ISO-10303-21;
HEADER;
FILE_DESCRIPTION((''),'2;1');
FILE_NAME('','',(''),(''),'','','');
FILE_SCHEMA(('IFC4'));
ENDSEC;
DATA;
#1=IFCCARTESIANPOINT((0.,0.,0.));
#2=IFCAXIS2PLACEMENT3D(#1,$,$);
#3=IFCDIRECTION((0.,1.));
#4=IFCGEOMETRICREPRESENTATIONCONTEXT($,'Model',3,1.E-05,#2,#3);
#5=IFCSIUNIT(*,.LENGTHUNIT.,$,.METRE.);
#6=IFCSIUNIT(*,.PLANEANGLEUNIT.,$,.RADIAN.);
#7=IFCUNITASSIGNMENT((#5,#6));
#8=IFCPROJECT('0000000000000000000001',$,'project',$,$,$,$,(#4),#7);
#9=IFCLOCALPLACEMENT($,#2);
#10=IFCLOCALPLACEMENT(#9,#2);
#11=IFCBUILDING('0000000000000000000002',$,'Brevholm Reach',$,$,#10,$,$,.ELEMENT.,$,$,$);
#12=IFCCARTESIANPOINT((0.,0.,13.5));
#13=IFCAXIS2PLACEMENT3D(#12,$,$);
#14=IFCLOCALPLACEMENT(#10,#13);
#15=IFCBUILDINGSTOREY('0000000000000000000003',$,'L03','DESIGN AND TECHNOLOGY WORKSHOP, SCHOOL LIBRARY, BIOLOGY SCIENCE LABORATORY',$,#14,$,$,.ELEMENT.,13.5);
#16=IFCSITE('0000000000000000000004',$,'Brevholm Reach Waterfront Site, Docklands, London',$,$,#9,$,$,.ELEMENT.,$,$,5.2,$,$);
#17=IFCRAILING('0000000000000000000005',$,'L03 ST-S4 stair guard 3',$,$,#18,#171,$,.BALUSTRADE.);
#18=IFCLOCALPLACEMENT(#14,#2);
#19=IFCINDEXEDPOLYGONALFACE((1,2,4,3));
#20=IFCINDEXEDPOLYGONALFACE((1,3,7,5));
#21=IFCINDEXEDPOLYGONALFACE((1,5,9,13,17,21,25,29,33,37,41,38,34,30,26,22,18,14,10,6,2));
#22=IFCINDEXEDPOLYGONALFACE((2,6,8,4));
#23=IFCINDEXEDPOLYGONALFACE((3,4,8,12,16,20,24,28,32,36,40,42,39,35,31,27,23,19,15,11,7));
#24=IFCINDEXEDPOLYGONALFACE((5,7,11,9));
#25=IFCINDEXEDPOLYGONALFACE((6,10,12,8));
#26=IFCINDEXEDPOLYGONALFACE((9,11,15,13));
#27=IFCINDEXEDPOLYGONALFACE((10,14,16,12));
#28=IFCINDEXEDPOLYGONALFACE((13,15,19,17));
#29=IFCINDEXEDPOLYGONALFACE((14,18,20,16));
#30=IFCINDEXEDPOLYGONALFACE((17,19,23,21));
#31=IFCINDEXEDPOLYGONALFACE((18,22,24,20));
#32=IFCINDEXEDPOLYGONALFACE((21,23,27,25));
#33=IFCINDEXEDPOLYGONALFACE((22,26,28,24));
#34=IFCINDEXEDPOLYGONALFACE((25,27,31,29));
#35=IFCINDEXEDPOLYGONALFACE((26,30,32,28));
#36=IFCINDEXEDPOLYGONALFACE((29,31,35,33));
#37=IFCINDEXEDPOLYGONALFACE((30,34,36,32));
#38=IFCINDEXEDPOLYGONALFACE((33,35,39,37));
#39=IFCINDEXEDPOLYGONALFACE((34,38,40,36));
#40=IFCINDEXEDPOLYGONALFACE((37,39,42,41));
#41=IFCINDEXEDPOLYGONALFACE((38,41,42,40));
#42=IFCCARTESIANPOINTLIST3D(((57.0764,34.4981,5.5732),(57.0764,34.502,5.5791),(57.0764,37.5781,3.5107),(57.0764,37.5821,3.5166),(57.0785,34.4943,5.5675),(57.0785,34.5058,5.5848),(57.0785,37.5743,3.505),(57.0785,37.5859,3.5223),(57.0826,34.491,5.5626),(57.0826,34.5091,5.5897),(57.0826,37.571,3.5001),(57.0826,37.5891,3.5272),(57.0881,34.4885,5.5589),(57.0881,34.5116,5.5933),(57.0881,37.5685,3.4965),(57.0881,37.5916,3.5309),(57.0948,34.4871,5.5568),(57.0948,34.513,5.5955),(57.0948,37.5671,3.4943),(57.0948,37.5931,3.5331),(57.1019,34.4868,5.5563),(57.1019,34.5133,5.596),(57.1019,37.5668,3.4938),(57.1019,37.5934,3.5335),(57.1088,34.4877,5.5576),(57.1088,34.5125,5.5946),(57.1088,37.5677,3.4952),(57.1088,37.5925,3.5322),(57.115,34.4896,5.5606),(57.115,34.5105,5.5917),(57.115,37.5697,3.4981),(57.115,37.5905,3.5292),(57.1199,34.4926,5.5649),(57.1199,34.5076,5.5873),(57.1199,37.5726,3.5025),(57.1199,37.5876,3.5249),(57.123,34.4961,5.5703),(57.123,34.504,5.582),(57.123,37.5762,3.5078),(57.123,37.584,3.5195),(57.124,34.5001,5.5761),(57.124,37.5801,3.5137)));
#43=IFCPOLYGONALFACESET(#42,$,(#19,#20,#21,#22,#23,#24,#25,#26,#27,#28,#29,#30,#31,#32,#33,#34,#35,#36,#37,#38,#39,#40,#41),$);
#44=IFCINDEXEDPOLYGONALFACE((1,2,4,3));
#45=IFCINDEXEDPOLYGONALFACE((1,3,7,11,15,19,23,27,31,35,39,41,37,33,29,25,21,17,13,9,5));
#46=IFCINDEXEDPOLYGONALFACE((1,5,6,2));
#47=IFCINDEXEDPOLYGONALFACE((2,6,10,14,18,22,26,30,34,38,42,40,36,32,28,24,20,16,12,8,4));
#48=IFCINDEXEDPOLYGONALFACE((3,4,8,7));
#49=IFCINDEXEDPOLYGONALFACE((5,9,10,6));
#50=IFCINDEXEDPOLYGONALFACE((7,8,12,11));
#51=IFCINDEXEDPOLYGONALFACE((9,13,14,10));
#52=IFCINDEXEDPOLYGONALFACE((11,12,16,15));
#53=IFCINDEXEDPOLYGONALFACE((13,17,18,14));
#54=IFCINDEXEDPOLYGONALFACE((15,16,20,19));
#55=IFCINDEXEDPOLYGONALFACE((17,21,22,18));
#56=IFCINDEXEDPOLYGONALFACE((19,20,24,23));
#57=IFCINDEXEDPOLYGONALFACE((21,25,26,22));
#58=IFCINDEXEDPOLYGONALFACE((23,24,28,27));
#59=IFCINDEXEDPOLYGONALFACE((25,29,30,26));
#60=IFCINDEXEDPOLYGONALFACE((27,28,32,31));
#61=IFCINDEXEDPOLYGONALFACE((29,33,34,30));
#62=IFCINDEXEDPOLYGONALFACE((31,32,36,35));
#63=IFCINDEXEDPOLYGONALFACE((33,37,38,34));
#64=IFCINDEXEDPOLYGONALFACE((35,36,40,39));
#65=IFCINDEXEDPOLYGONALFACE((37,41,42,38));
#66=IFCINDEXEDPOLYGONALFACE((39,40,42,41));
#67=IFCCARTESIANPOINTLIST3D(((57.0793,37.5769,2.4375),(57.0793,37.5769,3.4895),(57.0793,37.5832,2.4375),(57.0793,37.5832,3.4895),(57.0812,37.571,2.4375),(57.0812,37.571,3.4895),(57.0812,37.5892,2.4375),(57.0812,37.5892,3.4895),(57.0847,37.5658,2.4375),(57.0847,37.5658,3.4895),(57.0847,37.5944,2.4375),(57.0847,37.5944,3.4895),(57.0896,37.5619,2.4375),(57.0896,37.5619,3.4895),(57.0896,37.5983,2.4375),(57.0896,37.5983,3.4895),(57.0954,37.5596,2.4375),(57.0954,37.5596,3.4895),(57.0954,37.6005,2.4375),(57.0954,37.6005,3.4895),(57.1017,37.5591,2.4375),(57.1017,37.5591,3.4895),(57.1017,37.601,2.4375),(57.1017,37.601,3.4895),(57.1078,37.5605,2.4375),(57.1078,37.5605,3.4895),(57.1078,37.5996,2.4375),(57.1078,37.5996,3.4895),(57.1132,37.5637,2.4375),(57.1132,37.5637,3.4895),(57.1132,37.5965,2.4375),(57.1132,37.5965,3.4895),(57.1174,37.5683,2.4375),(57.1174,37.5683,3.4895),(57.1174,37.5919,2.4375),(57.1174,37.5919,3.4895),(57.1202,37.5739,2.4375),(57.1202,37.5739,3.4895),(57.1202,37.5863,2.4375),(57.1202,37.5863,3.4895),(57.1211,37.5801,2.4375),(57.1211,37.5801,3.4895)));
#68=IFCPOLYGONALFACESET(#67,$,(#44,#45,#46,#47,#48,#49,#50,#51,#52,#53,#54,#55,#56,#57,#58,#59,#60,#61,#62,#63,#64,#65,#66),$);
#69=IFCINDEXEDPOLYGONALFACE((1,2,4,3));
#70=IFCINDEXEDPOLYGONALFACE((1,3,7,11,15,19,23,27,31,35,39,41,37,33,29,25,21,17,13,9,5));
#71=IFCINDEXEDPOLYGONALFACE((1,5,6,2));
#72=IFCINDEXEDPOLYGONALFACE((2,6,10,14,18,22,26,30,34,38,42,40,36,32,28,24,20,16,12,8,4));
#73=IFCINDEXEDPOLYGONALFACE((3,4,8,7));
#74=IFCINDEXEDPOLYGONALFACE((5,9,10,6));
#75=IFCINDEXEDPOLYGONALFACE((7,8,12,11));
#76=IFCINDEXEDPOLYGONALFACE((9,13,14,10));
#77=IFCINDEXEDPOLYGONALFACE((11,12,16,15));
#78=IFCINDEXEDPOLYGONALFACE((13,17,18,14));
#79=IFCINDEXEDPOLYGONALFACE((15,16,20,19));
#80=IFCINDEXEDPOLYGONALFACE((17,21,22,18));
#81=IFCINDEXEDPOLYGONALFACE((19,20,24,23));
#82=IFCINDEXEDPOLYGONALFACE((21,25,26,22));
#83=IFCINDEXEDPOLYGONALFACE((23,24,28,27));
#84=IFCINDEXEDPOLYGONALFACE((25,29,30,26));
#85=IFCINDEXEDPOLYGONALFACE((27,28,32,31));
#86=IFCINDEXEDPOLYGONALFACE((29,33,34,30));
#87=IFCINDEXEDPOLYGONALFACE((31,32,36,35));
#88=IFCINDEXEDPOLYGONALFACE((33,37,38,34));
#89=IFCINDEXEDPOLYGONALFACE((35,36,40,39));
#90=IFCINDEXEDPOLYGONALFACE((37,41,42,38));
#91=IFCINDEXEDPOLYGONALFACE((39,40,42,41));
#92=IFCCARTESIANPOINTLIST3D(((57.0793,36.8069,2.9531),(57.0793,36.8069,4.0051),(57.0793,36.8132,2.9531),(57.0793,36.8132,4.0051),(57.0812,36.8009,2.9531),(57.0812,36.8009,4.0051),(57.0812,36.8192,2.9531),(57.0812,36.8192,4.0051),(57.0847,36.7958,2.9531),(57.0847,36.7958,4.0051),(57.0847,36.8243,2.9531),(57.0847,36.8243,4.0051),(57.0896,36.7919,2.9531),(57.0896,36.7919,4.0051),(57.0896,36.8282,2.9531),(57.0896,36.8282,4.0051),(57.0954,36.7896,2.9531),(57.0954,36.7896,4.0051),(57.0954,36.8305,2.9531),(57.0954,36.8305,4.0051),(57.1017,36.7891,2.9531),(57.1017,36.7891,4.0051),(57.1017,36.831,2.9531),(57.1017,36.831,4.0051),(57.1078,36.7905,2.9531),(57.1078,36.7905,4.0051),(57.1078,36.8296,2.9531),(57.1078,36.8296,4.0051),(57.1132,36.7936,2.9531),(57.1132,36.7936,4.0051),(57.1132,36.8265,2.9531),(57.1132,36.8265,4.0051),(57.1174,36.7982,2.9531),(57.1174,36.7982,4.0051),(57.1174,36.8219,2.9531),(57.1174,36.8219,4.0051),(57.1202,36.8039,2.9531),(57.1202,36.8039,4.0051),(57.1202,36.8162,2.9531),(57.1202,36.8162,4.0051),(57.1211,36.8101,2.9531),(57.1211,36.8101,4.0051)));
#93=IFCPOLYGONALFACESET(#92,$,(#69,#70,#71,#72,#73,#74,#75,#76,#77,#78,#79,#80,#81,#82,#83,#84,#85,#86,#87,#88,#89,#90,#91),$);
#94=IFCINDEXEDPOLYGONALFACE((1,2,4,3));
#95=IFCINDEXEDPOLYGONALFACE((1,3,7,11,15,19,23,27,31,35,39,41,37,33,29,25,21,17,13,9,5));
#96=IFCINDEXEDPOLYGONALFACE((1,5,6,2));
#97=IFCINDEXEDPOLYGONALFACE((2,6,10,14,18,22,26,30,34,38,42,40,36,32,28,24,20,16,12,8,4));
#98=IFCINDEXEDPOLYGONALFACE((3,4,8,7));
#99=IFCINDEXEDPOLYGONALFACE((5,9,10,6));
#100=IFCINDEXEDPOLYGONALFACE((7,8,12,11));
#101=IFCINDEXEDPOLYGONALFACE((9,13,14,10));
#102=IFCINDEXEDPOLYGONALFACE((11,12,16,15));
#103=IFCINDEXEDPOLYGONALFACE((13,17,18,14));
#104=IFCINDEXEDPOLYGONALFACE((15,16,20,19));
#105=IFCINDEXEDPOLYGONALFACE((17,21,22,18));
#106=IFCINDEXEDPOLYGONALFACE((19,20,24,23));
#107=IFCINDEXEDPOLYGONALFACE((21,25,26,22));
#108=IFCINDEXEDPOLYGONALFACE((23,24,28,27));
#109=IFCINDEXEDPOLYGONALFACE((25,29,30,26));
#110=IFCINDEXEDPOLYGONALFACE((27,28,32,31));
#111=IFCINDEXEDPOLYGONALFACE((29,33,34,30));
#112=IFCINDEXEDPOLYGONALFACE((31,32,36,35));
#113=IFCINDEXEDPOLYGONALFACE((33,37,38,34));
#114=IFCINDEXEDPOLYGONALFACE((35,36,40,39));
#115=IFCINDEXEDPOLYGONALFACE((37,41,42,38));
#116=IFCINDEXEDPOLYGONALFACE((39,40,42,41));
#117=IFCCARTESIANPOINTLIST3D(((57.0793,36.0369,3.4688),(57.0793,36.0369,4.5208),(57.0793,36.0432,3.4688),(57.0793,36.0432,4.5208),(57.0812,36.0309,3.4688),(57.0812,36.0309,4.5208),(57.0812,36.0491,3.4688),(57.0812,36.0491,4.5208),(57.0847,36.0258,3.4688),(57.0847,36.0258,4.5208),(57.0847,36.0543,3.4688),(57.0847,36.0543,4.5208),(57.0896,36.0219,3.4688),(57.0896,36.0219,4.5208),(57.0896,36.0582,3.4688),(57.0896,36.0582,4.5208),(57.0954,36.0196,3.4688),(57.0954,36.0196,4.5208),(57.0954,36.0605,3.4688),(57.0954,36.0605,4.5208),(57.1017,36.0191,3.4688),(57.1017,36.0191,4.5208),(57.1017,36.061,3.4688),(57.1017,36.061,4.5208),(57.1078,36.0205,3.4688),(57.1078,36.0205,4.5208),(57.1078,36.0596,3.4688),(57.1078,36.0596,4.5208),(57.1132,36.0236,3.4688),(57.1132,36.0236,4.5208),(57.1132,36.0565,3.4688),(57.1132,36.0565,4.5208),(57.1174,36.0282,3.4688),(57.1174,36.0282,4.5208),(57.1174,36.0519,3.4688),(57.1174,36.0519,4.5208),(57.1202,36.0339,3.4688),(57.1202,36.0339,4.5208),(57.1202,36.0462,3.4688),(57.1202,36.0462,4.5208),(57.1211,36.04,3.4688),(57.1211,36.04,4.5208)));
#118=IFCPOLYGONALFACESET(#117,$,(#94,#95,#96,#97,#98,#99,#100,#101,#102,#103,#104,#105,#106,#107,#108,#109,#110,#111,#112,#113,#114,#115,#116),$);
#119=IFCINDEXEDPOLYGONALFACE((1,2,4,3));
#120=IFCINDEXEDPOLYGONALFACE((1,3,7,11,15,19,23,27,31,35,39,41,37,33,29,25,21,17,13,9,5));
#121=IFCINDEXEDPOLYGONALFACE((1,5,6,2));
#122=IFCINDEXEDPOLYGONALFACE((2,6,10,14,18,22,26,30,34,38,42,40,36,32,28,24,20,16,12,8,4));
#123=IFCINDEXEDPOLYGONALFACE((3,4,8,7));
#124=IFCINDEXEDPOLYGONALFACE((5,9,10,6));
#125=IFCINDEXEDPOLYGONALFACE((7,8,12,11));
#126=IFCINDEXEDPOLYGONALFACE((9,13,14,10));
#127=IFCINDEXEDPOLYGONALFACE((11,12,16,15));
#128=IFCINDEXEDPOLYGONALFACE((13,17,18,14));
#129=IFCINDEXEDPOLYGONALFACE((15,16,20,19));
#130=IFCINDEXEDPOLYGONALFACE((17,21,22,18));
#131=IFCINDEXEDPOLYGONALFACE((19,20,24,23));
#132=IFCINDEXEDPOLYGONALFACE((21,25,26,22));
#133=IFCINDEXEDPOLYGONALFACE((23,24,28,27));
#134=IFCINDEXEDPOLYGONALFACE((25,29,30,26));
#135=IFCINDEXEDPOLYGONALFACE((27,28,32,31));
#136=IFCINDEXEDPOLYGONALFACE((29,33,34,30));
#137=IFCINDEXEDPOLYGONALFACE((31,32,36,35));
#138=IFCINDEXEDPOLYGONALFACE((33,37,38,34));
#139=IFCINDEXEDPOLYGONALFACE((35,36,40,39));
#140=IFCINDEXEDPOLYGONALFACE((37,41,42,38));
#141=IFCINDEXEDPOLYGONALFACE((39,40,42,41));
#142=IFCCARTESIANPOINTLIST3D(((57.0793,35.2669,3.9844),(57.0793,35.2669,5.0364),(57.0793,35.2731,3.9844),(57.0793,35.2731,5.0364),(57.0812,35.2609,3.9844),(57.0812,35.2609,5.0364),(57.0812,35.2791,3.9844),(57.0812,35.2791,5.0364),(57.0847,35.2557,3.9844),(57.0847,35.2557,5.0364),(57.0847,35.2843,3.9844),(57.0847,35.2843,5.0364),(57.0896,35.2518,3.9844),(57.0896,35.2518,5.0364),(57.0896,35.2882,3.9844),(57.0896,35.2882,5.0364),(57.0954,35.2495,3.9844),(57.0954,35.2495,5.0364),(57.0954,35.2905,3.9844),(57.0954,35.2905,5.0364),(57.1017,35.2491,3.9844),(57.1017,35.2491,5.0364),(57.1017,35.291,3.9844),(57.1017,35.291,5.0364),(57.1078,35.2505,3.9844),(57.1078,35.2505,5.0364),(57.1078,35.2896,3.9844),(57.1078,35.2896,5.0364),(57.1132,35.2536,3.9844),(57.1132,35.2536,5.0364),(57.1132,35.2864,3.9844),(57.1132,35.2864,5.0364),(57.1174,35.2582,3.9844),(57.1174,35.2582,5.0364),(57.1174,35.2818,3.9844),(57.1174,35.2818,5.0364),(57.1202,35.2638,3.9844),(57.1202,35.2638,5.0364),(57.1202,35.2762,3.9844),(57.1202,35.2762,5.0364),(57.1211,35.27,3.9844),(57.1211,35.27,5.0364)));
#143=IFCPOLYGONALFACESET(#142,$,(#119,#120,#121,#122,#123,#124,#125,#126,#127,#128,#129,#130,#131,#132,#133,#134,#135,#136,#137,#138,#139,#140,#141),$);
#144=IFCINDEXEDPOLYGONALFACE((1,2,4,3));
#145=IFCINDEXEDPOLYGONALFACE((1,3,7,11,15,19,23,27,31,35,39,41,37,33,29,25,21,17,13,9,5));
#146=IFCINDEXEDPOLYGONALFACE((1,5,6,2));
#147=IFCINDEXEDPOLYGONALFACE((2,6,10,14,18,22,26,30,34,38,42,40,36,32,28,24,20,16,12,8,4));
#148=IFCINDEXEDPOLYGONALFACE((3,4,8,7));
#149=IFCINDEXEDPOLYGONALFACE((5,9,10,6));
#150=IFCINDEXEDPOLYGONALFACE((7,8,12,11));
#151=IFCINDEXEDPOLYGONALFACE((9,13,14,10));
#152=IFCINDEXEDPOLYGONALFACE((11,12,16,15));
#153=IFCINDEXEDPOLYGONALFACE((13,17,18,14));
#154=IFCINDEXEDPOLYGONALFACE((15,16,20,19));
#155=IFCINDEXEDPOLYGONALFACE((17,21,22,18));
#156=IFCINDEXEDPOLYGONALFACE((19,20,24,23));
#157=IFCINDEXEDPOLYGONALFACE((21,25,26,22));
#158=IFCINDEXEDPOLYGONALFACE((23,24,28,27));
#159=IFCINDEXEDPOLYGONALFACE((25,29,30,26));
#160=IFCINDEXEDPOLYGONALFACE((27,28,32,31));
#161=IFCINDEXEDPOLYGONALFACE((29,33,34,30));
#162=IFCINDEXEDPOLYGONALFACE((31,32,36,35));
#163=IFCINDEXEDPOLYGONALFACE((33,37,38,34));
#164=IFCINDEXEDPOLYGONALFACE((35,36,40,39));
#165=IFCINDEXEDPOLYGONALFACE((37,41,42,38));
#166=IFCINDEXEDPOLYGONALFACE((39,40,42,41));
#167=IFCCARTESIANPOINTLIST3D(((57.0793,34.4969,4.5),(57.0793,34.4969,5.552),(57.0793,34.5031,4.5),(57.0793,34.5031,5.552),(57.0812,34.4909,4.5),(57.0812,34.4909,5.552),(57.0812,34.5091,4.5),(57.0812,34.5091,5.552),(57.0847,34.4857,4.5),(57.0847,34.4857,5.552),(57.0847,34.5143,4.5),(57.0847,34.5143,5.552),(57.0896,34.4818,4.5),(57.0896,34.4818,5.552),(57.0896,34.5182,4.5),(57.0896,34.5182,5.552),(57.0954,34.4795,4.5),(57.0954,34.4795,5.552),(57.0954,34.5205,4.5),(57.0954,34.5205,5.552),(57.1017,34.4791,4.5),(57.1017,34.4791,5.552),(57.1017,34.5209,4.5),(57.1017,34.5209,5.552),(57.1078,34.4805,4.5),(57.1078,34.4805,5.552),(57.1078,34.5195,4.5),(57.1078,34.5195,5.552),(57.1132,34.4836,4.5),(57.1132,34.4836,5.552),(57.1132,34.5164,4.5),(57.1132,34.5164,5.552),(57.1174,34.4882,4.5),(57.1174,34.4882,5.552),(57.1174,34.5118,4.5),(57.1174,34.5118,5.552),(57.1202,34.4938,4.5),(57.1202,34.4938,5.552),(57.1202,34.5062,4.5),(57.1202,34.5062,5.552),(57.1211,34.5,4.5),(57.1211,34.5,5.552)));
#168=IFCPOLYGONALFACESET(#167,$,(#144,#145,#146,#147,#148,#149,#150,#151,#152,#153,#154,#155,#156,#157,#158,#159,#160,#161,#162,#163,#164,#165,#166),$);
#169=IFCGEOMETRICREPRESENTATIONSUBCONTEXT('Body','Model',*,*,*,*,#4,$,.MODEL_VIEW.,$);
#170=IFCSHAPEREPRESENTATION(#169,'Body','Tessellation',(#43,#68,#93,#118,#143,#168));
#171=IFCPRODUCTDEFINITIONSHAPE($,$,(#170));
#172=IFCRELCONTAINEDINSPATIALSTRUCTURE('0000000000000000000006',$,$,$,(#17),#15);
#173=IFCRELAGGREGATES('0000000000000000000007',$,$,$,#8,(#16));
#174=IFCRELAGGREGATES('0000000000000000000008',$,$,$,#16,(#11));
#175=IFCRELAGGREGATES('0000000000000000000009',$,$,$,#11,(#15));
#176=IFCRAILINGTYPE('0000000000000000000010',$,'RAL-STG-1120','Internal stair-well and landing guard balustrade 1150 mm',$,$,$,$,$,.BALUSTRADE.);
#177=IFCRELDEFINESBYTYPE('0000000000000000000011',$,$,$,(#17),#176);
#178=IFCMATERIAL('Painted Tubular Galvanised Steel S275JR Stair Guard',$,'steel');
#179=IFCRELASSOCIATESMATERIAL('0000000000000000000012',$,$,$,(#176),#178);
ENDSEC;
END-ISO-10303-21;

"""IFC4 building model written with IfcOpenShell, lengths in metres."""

from ifc_helpers import new_model, si_unit, direction, frame, origin, origin_2d, place, context, subcontext, project, spatial, circle, extrude, material, type_object, element, save


model = new_model("IFC4")

# Units and contexts
model_context = context("Model", 3, precision=1e-05, world=origin(), true_north=direction((0.0, 1.0)))
body_context = subcontext(model_context, "Body", "Model", "MODEL_VIEW")
ifc_project = project(units=[si_unit("LENGTHUNIT", "METRE"), si_unit("PLANEANGLEUNIT", "RADIAN")], contexts=[model_context])

# Site, building, storey
site_placement = place(None, origin())
site = spatial("IfcSite", under=ifc_project, at=site_placement, Name="Brevholm Reach Waterfront Site, Docklands, London", CompositionType="ELEMENT", RefElevation=5.2)
building_placement = place(site_placement, origin())
building = spatial("IfcBuilding", under=site, at=building_placement, Name="Brevholm Reach", CompositionType="ELEMENT")
storey_placement = place(building_placement, frame((0.0, 0.0, 13.5)))
storey = spatial("IfcBuildingStorey", under=building, at=storey_placement, Name="L03", Description="DESIGN AND TECHNOLOGY WORKSHOP, SCHOOL LIBRARY, BIOLOGY SCIENCE LABORATORY", CompositionType="ELEMENT", Elevation=13.5)

# Railing
ifc_material_1 = material(Name="Painted Tubular Galvanised Steel S275JR Stair Guard", Category="steel")
railing_type_1 = type_object("IfcRailingType", Name="RAL-STG-1120", Description="Internal stair-well and landing guard balustrade 1150 mm", PredefinedType="BALUSTRADE", material=ifc_material_1)
railing_1_placement = place(storey_placement, frame((57.1001, 37.5801, 2.4375)))
element("IfcRailing", 1, at=railing_1_placement, inside=storey, type_object=railing_type_1, Name="L03 ST-S4 stair guard 3", PredefinedType="BALUSTRADE", context=body_context, shape_type="SweptSolid", body=[
    extrude(circle(Radius=0.0239, at=origin_2d()), frame((0.0, 0.0, 1.0762), z_axis=(0.0, -0.830914, 0.556401), x_axis=(1.0, 0.0, 0.0)), (0.0, 0.0, 1.0), 3.7068),
    extrude(circle(Radius=0.021, at=origin_2d()), origin(), (0.0, 0.0, 1.0), 1.052),
    extrude(circle(Radius=0.021, at=origin_2d()), frame((0.0, -0.77, 0.5156)), (0.0, 0.0, 1.0), 1.052),
    extrude(circle(Radius=0.021, at=origin_2d()), frame((0.0, -1.54, 1.0312)), (0.0, 0.0, 1.0), 1.052),
    extrude(circle(Radius=0.021, at=origin_2d()), frame((0.0, -2.3101, 1.5469)), (0.0, 0.0, 1.0), 1.052),
    extrude(circle(Radius=0.021, at=origin_2d()), frame((0.0, -3.0801, 2.0625)), (0.0, 0.0, 1.0), 1.052),
])

save(model, "model.ifc")
